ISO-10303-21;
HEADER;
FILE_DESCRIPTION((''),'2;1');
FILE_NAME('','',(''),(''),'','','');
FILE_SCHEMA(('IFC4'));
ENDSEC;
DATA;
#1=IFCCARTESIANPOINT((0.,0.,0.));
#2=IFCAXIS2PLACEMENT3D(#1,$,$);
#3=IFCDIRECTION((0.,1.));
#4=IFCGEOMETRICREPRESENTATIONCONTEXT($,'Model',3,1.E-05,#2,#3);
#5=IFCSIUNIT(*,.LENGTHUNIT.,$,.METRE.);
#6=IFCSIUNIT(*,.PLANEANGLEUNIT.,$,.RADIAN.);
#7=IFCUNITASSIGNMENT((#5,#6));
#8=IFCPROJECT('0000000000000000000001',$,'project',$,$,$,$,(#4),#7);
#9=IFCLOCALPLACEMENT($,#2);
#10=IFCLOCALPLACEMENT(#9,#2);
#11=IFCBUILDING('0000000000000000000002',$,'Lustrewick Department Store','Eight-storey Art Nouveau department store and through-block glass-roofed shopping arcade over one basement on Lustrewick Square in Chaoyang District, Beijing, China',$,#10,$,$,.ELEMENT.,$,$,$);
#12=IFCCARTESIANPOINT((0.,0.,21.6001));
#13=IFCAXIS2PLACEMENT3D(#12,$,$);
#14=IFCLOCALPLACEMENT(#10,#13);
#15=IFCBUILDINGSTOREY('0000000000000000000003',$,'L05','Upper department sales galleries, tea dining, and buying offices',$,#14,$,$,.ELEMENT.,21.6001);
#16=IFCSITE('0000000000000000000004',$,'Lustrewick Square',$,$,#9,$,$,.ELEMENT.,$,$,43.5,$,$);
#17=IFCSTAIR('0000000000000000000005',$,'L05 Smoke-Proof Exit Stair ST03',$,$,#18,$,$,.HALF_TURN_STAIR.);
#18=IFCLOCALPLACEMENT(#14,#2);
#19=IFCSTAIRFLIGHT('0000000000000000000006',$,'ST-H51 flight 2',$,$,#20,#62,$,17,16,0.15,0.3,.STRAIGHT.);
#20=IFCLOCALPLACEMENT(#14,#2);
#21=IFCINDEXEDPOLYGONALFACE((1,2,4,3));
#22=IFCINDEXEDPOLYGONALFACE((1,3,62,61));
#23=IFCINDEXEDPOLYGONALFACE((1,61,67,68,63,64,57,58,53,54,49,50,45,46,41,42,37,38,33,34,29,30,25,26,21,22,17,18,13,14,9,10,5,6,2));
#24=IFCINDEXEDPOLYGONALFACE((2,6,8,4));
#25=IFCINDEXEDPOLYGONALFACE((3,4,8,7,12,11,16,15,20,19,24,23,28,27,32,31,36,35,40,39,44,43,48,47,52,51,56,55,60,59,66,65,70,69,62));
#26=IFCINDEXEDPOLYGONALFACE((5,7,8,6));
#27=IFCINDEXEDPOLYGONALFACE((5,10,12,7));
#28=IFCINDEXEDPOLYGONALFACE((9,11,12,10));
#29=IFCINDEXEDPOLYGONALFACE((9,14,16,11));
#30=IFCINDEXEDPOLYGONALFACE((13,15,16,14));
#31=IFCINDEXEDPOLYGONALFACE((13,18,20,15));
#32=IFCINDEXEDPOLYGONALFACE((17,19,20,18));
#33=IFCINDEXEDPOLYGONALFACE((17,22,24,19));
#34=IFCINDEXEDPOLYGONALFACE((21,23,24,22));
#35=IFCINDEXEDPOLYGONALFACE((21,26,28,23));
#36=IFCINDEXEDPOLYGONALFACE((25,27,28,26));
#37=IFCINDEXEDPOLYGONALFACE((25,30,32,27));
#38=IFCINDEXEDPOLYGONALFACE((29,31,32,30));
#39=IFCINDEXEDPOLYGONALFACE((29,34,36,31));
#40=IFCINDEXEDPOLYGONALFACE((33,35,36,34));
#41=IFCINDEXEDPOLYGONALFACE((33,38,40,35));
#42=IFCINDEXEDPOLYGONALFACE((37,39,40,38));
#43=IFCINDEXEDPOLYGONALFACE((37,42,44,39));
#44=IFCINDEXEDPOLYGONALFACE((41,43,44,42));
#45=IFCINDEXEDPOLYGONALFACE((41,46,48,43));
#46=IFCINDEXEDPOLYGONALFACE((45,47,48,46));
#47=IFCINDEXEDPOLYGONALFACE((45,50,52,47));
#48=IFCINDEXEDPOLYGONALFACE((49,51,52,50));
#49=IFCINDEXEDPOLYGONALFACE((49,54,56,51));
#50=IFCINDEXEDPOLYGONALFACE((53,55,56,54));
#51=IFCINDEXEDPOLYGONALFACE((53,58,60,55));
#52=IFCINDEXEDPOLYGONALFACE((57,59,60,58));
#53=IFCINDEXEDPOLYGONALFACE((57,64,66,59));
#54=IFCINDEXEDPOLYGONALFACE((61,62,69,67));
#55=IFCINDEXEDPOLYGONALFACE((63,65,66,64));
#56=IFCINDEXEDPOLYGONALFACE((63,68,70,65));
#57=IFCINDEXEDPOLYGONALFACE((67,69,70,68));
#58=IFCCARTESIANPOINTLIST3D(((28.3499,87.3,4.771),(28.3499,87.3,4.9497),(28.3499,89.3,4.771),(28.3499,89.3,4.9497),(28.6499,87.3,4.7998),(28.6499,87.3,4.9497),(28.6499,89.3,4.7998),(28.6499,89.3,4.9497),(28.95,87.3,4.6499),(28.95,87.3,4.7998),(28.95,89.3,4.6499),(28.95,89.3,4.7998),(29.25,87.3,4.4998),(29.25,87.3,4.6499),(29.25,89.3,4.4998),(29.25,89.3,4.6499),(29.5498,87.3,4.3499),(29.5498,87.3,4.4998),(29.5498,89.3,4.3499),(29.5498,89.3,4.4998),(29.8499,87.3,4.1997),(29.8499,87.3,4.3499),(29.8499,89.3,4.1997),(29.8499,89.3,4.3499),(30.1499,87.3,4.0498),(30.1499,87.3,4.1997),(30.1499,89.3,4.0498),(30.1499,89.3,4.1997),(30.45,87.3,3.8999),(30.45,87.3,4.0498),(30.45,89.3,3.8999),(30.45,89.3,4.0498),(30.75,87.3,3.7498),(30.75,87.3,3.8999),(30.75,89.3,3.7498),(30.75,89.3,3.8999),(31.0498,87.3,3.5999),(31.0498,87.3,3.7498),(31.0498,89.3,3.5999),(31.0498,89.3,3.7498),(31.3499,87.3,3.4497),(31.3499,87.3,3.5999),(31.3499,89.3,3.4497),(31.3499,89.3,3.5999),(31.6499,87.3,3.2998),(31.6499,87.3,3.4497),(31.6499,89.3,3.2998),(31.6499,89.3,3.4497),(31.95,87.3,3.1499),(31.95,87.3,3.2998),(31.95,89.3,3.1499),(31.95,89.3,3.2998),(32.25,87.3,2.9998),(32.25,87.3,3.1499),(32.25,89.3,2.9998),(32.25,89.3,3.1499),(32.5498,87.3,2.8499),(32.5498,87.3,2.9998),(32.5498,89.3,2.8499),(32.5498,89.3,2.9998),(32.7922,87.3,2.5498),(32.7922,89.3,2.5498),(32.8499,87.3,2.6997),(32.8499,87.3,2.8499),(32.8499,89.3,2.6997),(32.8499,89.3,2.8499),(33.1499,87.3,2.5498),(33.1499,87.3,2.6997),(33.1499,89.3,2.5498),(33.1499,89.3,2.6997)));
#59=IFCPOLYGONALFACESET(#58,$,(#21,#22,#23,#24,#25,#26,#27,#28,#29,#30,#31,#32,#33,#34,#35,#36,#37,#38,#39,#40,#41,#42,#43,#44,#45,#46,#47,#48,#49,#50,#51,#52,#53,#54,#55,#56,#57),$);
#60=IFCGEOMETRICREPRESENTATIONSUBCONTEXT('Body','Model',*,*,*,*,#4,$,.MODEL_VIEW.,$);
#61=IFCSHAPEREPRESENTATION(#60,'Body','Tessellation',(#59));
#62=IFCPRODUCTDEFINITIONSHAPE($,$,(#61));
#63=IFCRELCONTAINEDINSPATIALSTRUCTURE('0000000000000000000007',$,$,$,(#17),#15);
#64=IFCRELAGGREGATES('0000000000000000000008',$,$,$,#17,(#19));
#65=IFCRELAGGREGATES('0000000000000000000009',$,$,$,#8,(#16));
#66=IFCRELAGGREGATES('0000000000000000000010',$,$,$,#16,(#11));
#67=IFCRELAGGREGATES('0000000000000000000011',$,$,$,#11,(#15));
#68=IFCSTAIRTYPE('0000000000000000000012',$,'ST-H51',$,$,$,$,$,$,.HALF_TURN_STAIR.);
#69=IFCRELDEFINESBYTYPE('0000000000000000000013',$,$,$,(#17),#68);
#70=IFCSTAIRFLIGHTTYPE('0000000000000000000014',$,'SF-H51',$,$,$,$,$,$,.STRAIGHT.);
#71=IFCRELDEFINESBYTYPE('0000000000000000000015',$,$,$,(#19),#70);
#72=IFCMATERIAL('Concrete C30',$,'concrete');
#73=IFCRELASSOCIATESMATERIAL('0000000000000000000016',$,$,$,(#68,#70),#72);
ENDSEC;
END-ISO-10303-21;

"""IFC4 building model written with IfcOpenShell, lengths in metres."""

from ifc_helpers import new_model, si_unit, direction, frame, origin, place, context, subcontext, project, spatial, polyline, outline, extrude, material, type_object, element, aggregate, save


model = new_model("IFC4")

# Units and contexts
model_context = context("Model", 3, precision=1e-05, world=origin(), true_north=direction((0.0, 1.0)))
body_context = subcontext(model_context, "Body", "Model", "MODEL_VIEW")
ifc_project = project(units=[si_unit("LENGTHUNIT", "METRE"), si_unit("PLANEANGLEUNIT", "RADIAN")], contexts=[model_context])

# Site, building, storey
site_placement = place(None, origin())
site = spatial("IfcSite", under=ifc_project, at=site_placement, Name="Lustrewick Square", CompositionType="ELEMENT", RefElevation=43.5)
building_placement = place(site_placement, origin())
building = spatial("IfcBuilding", under=site, at=building_placement, Name="Lustrewick Department Store", Description="Eight-storey Art Nouveau department store and through-block glass-roofed shopping arcade over one basement on Lustrewick Square in Chaoyang District, Beijing, China", CompositionType="ELEMENT")
storey_placement = place(building_placement, frame((0.0, 0.0, 21.6001)))
storey = spatial("IfcBuildingStorey", under=building, at=storey_placement, Name="L05", Description="Upper department sales galleries, tea dining, and buying offices", CompositionType="ELEMENT", Elevation=21.6001)

# Stair, stair flight
ifc_material_1 = material(Name="Concrete C30", Category="concrete")
stair_type = type_object("IfcStairType", Name="ST-H51", PredefinedType="HALF_TURN_STAIR", material=ifc_material_1)
stair_placement = place(storey_placement, origin())
stair = element("IfcStair", 1, at=stair_placement, inside=storey, type_object=stair_type, Name="L05 Smoke-Proof Exit Stair ST03", PredefinedType="HALF_TURN_STAIR")
stair_flight_type = type_object("IfcStairFlightType", Name="SF-H51", PredefinedType="STRAIGHT", material=ifc_material_1)
stair_flight_1_placement = place(storey_placement, frame((33.1499, 88.3, 2.5498), z_axis=(0.0, 0.0, 1.0), x_axis=(-1.0, 0.0, 0.0)))
stair_flight_1 = element("IfcStairFlight", 2, at=stair_flight_1_placement, type_object=stair_flight_type, Name="ST-H51 flight 2", NumberOfRisers=17, NumberOfTreads=16, PredefinedType="STRAIGHT", RiserHeight=0.15, TreadLength=0.3, context=body_context, shape_type="SweptSolid", body=[
    extrude(outline(polyline([(0.0, 0.0), (0.0, 0.1499), (0.3, 0.1499), (0.3, 0.3), (0.6001, 0.3), (0.6001, 0.45), (0.8999, 0.45), (0.8999, 0.6001), (1.2, 0.6001), (1.2, 0.75), (1.5, 0.75), (1.5, 0.8999), (1.8, 0.8999), (1.8, 1.05), (2.1001, 1.05), (2.1001, 1.2), (2.3999, 1.2), (2.3999, 1.3501), (2.7, 1.3501), (2.7, 1.5), (3.0, 1.5), (3.0, 1.6499), (3.3, 1.6499), (3.3, 1.8), (3.6001, 1.8), (3.6001, 1.95), (3.8999, 1.95), (3.8999, 2.1001), (4.2, 2.1001), (4.2, 2.25), (4.5, 2.25), (4.5, 2.3999), (4.8, 2.3999), (4.8, 2.55), (4.8, 2.2212), (0.3577, 0.0), (0.0, 0.0)])), frame((0.0, 1.0, 0.0), z_axis=(0.0, -1.0, 0.0), x_axis=(1.0, 0.0, 0.0)), (0.0, 0.0, 1.0), 2.0),
])
aggregate(stair, [stair_flight_1])

save(model, "model.ifc")
